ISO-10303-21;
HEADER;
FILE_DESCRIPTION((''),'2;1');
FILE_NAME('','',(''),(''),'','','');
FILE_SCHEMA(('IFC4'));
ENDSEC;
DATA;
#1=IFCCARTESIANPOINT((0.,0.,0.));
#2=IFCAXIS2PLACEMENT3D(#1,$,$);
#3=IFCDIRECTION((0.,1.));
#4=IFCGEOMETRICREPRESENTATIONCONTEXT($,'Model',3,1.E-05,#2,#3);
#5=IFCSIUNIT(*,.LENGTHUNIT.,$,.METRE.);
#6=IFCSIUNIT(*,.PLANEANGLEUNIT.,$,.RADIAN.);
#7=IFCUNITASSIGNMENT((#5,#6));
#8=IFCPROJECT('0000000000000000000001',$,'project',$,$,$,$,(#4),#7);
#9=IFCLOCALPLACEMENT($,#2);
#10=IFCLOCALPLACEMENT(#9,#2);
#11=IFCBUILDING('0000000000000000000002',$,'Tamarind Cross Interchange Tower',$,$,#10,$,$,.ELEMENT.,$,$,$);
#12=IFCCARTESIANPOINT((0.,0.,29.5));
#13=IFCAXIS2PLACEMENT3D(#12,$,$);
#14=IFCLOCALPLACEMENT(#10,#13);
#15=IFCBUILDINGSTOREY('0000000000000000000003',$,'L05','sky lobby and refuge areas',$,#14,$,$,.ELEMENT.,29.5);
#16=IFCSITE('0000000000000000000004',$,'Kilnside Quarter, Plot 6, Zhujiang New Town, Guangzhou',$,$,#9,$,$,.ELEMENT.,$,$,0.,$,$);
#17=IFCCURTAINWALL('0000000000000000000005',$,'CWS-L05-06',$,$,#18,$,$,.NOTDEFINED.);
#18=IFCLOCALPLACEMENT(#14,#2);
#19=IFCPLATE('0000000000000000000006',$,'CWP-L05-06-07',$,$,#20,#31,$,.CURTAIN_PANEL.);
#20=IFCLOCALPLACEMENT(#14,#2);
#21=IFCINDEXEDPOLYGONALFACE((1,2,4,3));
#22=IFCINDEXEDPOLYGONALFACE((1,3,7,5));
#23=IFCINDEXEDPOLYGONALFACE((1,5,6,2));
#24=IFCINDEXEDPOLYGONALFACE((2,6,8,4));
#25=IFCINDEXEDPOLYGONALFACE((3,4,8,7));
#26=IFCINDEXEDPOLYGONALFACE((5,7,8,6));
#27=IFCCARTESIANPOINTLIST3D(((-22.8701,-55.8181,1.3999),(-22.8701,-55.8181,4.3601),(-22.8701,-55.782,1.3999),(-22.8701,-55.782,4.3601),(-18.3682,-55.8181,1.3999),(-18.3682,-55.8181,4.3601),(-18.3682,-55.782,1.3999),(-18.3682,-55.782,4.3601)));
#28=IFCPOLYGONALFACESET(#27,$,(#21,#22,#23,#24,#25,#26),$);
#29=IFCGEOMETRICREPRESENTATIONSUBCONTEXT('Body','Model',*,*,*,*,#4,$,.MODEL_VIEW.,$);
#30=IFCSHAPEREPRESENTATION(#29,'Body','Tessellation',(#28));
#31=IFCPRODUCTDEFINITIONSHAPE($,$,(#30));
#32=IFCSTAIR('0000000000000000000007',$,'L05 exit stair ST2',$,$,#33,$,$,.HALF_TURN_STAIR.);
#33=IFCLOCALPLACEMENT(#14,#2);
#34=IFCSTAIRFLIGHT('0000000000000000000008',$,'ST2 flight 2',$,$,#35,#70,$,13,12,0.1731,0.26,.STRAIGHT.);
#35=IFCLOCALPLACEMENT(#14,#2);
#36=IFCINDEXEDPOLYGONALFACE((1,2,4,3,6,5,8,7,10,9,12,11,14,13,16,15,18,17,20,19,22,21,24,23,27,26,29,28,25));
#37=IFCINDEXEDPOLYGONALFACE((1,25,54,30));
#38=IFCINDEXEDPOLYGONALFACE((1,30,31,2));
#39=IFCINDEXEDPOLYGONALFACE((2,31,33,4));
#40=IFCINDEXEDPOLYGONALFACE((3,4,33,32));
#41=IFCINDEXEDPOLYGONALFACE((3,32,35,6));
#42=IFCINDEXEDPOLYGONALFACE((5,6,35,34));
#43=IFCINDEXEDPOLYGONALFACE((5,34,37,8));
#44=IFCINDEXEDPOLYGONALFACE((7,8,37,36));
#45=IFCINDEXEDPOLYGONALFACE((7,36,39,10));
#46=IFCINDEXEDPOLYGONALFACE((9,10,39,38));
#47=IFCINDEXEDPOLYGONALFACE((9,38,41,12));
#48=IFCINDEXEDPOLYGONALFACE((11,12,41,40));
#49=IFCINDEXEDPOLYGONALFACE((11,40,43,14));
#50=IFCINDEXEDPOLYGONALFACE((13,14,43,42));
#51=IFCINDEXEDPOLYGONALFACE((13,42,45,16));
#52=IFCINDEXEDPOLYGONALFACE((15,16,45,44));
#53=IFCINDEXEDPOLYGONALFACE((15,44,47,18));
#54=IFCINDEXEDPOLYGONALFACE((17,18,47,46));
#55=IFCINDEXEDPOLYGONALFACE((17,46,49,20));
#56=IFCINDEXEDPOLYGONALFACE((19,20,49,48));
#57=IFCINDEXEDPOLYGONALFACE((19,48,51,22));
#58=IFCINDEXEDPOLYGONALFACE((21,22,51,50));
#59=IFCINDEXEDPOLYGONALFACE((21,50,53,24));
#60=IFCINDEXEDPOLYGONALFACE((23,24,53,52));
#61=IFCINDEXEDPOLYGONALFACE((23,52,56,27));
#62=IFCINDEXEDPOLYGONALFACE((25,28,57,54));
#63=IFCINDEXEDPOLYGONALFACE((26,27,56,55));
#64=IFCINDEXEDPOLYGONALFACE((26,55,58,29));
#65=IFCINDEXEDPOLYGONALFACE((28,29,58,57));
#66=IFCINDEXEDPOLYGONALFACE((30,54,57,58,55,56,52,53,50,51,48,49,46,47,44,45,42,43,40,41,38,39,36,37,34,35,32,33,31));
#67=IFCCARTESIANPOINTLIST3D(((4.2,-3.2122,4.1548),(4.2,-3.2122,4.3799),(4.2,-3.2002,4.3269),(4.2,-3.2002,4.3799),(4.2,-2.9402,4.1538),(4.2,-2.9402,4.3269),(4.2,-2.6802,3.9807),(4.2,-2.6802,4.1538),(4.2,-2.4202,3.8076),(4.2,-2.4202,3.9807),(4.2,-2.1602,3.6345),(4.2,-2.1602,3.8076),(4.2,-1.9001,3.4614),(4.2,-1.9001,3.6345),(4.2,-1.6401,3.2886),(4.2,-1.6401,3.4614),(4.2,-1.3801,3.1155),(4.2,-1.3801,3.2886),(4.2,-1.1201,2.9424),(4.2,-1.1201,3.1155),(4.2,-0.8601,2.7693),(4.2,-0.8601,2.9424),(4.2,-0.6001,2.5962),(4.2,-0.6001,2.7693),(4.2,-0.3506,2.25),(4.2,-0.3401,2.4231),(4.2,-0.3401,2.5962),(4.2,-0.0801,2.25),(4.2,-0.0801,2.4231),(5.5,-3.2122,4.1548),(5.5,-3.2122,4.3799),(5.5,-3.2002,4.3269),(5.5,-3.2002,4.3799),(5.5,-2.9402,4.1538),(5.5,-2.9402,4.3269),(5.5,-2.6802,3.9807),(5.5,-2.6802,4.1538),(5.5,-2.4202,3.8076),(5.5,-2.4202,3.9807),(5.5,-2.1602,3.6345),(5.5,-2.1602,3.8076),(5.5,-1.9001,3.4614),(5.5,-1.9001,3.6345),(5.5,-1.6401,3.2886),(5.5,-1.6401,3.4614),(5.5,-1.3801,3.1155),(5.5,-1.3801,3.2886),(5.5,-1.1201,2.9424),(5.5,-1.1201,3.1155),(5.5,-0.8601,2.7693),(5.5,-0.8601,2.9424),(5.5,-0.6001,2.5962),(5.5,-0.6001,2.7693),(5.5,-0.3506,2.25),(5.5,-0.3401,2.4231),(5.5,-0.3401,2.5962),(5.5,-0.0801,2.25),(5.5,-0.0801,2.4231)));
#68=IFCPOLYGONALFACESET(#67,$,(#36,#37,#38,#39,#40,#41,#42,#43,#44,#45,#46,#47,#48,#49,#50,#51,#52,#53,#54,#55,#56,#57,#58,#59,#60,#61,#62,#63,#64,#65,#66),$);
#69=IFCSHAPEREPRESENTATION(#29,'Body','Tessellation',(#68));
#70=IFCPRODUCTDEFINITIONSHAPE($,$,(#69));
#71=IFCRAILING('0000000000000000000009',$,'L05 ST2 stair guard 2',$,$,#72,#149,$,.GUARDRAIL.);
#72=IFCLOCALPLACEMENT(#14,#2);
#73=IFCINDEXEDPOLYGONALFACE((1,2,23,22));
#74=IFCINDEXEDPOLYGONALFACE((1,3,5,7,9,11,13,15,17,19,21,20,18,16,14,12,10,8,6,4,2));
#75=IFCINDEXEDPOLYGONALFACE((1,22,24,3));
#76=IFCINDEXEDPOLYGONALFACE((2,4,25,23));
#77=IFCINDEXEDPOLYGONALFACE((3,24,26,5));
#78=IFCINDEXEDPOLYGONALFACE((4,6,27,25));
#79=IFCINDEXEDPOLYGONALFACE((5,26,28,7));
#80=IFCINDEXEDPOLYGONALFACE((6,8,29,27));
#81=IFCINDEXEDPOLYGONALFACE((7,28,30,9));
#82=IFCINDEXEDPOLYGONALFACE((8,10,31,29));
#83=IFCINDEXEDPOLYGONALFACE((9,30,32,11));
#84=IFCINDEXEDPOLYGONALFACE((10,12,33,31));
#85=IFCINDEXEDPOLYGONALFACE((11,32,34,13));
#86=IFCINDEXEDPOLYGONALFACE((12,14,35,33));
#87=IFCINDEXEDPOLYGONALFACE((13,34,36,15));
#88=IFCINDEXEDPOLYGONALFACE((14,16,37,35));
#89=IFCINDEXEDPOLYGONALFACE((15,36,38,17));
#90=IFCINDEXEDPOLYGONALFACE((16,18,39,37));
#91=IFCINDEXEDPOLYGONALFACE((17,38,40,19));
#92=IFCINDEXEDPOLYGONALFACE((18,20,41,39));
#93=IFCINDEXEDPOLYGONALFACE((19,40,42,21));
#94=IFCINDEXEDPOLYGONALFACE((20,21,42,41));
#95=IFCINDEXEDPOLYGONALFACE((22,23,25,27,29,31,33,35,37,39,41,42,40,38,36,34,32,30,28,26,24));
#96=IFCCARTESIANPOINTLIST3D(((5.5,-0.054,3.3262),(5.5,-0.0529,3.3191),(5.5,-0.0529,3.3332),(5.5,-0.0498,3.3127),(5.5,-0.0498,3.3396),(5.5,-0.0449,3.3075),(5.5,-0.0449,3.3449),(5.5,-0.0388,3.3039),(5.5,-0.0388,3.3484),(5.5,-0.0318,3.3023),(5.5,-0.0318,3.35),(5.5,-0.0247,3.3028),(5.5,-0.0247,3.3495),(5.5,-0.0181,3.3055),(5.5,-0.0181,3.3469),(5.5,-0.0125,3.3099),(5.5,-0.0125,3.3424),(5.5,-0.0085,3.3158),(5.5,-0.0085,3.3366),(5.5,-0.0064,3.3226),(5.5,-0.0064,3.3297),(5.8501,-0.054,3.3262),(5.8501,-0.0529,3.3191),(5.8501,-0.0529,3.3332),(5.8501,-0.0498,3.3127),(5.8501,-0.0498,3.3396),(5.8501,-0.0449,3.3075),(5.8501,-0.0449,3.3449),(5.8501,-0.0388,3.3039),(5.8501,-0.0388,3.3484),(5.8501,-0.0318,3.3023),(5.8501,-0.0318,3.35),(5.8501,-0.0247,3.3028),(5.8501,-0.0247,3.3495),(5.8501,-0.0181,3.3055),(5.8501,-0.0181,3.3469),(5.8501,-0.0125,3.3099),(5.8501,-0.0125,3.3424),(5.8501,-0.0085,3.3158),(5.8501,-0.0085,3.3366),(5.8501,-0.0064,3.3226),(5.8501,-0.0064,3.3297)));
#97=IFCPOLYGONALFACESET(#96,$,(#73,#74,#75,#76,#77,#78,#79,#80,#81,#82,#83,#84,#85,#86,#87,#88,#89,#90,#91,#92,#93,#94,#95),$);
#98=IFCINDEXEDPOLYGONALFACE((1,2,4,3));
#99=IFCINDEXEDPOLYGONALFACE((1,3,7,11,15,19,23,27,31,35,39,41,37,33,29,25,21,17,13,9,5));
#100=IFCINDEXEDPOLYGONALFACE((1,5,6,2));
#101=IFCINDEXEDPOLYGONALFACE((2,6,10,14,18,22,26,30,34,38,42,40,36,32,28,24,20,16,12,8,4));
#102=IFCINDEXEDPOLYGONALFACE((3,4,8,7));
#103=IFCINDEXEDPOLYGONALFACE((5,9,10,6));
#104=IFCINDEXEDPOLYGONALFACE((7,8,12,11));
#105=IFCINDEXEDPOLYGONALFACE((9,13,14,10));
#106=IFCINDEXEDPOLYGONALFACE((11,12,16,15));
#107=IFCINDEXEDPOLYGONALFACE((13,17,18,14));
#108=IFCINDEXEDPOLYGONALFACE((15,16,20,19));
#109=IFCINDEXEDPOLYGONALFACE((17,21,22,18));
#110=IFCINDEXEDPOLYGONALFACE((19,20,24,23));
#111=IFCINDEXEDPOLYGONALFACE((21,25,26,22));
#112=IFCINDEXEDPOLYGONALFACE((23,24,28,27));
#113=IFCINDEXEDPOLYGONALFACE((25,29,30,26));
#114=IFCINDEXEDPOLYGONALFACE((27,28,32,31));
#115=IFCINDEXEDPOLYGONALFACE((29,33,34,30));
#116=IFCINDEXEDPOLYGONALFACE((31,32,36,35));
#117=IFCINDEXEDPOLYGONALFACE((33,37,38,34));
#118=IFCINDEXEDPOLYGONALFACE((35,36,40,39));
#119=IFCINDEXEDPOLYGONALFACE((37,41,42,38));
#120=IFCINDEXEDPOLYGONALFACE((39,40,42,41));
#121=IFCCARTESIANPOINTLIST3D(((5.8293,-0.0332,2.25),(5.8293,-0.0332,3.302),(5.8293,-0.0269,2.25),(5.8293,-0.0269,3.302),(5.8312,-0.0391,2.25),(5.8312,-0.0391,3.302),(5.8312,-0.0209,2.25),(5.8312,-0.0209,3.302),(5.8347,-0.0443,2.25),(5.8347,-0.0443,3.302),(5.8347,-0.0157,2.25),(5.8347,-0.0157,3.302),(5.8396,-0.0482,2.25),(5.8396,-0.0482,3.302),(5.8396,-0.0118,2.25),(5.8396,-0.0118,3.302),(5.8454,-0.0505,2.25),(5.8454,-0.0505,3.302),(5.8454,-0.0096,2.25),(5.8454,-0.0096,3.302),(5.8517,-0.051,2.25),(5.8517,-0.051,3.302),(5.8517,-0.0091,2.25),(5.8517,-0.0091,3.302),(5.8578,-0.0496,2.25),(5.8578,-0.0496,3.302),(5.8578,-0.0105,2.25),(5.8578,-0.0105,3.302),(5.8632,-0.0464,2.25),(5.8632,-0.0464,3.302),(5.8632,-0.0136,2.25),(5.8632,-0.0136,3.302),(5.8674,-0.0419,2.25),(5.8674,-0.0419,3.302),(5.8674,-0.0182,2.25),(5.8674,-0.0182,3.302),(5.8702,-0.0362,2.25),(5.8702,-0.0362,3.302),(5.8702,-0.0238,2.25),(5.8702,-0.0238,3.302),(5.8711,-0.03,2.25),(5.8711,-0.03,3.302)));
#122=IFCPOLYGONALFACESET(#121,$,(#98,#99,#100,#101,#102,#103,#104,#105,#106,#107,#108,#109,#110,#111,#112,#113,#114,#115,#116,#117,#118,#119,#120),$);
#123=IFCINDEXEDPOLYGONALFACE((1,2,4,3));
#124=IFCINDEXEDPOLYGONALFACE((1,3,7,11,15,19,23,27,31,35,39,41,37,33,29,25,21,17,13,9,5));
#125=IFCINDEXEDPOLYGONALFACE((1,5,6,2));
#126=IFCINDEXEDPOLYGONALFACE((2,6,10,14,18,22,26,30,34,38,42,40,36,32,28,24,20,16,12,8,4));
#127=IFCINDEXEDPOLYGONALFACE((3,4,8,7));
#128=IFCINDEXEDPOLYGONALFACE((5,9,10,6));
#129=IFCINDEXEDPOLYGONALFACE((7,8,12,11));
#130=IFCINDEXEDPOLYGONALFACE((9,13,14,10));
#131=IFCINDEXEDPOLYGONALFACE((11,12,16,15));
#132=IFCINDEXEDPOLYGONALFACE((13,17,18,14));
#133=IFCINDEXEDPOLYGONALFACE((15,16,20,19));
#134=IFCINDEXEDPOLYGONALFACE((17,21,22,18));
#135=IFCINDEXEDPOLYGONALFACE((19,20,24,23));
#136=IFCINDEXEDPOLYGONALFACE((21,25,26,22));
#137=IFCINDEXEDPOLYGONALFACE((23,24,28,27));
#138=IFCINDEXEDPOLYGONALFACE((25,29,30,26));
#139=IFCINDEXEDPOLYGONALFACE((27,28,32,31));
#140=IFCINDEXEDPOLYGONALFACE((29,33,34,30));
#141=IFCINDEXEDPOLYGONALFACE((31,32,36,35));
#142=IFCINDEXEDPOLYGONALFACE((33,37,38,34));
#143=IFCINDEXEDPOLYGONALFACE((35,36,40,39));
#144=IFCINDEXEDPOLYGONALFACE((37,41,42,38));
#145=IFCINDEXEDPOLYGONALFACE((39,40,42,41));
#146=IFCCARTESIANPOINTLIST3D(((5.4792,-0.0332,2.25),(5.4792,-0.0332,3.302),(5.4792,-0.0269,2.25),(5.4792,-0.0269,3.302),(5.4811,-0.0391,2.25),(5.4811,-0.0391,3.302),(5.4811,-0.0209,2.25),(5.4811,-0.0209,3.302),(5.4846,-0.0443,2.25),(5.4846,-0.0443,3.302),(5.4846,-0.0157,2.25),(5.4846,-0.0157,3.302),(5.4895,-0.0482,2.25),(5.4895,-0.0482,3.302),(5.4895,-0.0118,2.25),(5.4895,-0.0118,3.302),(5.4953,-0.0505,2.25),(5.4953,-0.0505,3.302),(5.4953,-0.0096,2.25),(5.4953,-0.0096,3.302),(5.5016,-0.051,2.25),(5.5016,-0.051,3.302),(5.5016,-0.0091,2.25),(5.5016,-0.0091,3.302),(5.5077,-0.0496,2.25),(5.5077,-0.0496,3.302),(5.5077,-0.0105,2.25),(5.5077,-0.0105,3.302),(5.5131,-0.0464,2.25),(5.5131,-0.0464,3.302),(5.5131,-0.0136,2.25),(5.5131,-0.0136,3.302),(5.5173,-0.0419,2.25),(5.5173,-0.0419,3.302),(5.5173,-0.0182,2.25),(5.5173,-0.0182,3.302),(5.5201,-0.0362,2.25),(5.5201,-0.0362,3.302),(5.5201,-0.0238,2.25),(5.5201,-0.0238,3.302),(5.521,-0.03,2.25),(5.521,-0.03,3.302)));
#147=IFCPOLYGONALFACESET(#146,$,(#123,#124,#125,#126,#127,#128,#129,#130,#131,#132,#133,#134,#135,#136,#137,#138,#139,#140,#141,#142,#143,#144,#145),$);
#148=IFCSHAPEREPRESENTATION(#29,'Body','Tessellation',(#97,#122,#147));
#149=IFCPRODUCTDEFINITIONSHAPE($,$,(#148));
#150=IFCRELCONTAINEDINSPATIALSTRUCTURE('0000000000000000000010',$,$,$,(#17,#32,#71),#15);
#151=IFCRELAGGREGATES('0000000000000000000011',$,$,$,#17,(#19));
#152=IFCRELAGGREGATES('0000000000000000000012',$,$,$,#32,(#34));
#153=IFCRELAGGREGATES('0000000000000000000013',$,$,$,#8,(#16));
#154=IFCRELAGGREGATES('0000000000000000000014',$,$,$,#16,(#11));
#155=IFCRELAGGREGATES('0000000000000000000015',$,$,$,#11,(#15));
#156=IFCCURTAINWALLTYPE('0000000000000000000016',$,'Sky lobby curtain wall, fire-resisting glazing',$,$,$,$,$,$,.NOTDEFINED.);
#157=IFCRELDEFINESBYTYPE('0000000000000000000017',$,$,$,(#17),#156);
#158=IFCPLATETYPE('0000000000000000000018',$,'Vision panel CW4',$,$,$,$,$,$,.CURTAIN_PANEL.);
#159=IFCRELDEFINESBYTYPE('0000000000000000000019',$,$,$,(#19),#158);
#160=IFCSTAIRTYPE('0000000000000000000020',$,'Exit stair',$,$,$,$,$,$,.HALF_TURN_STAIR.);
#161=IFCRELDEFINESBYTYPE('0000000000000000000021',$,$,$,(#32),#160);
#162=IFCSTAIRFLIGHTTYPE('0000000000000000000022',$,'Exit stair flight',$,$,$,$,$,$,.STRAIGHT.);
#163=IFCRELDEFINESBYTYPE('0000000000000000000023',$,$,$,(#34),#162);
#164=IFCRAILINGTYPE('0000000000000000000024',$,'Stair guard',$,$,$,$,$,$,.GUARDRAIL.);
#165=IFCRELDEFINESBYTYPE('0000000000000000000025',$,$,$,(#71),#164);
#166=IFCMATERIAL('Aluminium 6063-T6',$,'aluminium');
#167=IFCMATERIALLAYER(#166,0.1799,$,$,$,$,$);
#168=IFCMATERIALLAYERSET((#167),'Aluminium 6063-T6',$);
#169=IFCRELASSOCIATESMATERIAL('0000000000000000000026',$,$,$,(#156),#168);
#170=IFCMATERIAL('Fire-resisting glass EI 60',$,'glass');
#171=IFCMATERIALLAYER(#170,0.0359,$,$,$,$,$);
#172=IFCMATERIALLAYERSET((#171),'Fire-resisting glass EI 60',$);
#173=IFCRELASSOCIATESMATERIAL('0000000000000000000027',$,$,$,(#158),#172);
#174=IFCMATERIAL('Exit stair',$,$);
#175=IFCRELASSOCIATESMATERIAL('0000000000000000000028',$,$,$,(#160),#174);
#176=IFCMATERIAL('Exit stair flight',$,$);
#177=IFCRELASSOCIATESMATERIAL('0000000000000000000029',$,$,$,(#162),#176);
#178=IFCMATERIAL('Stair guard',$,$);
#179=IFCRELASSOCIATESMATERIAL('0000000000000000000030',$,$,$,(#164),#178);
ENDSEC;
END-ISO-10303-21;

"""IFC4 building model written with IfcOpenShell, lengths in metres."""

from ifc_helpers import new_model, si_unit, direction, frame, origin, origin_2d, place, context, subcontext, project, spatial, polyline, circle, outline, extrude, material, layer, layer_set, type_object, element, aggregate, save


model = new_model("IFC4")

# Units and contexts
model_context = context("Model", 3, precision=1e-05, world=origin(), true_north=direction((0.0, 1.0)))
body_context = subcontext(model_context, "Body", "Model", "MODEL_VIEW")
ifc_project = project(units=[si_unit("LENGTHUNIT", "METRE"), si_unit("PLANEANGLEUNIT", "RADIAN")], contexts=[model_context])

# Site, building, storey
site_placement = place(None, origin())
site = spatial("IfcSite", under=ifc_project, at=site_placement, Name="Kilnside Quarter, Plot 6, Zhujiang New Town, Guangzhou", CompositionType="ELEMENT", RefElevation=0.0)
building_placement = place(site_placement, origin())
building = spatial("IfcBuilding", under=site, at=building_placement, Name="Tamarind Cross Interchange Tower", CompositionType="ELEMENT")
storey_placement = place(building_placement, frame((0.0, 0.0, 29.5)))
storey = spatial("IfcBuildingStorey", under=building, at=storey_placement, Name="L05", Description="sky lobby and refuge areas", CompositionType="ELEMENT", Elevation=29.5)

# Shared definitions
ifc_material_1 = material(Name="Aluminium 6063-T6", Category="aluminium")
ifc_layer_1 = layer(ifc_material_1, 0.1799)
ifc_layer_set_1 = layer_set([ifc_layer_1], Name="Aluminium 6063-T6")
curtain_wall_type = type_object("IfcCurtainWallType", Name="Sky lobby curtain wall, fire-resisting glazing", PredefinedType="NOTDEFINED", material=ifc_layer_set_1)

# Shared definitions
ifc_material_2 = material(Name="Fire-resisting glass EI 60", Category="glass")
ifc_layer_2 = layer(ifc_material_2, 0.0359)
ifc_layer_set_2 = layer_set([ifc_layer_2], Name="Fire-resisting glass EI 60")
plate_type = type_object("IfcPlateType", Name="Vision panel CW4", PredefinedType="CURTAIN_PANEL", material=ifc_layer_set_2)

# Curtain wall, plate
curtain_wall_1_placement = place(storey_placement, origin())
curtain_wall_1 = element("IfcCurtainWall", 1, at=curtain_wall_1_placement, inside=storey, type_object=curtain_wall_type, Name="CWS-L05-06", PredefinedType="NOTDEFINED")
plate_1_placement = place(storey_placement, frame((0.0, 0.0, 1.3999)))
plate_1 = element("IfcPlate", 2, at=plate_1_placement, type_object=plate_type, Name="CWP-L05-06-07", PredefinedType="CURTAIN_PANEL", context=body_context, shape_type="SweptSolid", body=[
    extrude(outline(polyline([(-22.8701, -55.782), (-18.3682, -55.782), (-18.3682, -55.8181), (-22.8701, -55.8181), (-22.8701, -55.782)])), origin(), (0.0, 0.0, 1.0), 2.9602),
])
aggregate(curtain_wall_1, [plate_1])

# Stair, stair flight
ifc_material_3 = material(Name="Exit stair")
stair_type = type_object("IfcStairType", Name="Exit stair", PredefinedType="HALF_TURN_STAIR", material=ifc_material_3)
stair_placement = place(storey_placement, origin())
stair = element("IfcStair", 3, at=stair_placement, inside=storey, type_object=stair_type, Name="L05 exit stair ST2", PredefinedType="HALF_TURN_STAIR")
ifc_material_4 = material(Name="Exit stair flight")
stair_flight_type = type_object("IfcStairFlightType", Name="Exit stair flight", PredefinedType="STRAIGHT", material=ifc_material_4)
stair_flight_placement = place(storey_placement, frame((4.8501, -0.0801, 2.25), z_axis=(0.0, 0.0, 1.0), x_axis=(0.0, -1.0, 0.0)))
stair_flight = element("IfcStairFlight", 4, at=stair_flight_placement, type_object=stair_flight_type, Name="ST2 flight 2", NumberOfRisers=13, NumberOfTreads=12, PredefinedType="STRAIGHT", RiserHeight=0.1731, TreadLength=0.26, context=body_context, shape_type="SweptSolid", body=[
    extrude(outline(polyline([(0.0, 0.0), (0.0, 0.1731), (0.26, 0.1731), (0.26, 0.3462), (0.52, 0.3462), (0.52, 0.5193), (0.78, 0.5193), (0.78, 0.6924), (1.04, 0.6924), (1.04, 0.8655), (1.3, 0.8655), (1.3, 1.0386), (1.5601, 1.0386), (1.5601, 1.2114), (1.8201, 1.2114), (1.8201, 1.3845), (2.0801, 1.3845), (2.0801, 1.5576), (2.3401, 1.5576), (2.3401, 1.7307), (2.6001, 1.7307), (2.6001, 1.9038), (2.8601, 1.9038), (2.8601, 2.0769), (3.1201, 2.0769), (3.1201, 2.1299), (3.1321, 2.1299), (3.1321, 1.9048), (0.2705, 0.0), (0.0, 0.0)])), frame((0.0, 0.6499, 0.0), z_axis=(0.0, -1.0, 0.0), x_axis=(1.0, 0.0, 0.0)), (0.0, 0.0, 1.0), 1.3),
])
aggregate(stair, [stair_flight])

# Railing
ifc_material_5 = material(Name="Stair guard")
railing_type_1 = type_object("IfcRailingType", Name="Stair guard", PredefinedType="GUARDRAIL", material=ifc_material_5)
railing_1_placement = place(storey_placement, frame((5.8501, -0.03, 2.25)))
element("IfcRailing", 5, at=railing_1_placement, inside=storey, type_object=railing_type_1, Name="L05 ST2 stair guard 2", PredefinedType="GUARDRAIL", context=body_context, shape_type="SweptSolid", body=[
    extrude(circle(Radius=0.0239, at=origin_2d()), frame((0.0, 0.0, 1.0762), z_axis=(-1.0, 0.0, 0.0), x_axis=(0.0, -1.0, 0.0)), (0.0, 0.0, 1.0), 0.3501),
    extrude(circle(Radius=0.021, at=origin_2d()), origin(), (0.0, 0.0, 1.0), 1.052),
    extrude(circle(Radius=0.021, at=origin_2d()), frame((-0.3501, 0.0, 0.0)), (0.0, 0.0, 1.0), 1.052),
])

save(model, "model.ifc")
